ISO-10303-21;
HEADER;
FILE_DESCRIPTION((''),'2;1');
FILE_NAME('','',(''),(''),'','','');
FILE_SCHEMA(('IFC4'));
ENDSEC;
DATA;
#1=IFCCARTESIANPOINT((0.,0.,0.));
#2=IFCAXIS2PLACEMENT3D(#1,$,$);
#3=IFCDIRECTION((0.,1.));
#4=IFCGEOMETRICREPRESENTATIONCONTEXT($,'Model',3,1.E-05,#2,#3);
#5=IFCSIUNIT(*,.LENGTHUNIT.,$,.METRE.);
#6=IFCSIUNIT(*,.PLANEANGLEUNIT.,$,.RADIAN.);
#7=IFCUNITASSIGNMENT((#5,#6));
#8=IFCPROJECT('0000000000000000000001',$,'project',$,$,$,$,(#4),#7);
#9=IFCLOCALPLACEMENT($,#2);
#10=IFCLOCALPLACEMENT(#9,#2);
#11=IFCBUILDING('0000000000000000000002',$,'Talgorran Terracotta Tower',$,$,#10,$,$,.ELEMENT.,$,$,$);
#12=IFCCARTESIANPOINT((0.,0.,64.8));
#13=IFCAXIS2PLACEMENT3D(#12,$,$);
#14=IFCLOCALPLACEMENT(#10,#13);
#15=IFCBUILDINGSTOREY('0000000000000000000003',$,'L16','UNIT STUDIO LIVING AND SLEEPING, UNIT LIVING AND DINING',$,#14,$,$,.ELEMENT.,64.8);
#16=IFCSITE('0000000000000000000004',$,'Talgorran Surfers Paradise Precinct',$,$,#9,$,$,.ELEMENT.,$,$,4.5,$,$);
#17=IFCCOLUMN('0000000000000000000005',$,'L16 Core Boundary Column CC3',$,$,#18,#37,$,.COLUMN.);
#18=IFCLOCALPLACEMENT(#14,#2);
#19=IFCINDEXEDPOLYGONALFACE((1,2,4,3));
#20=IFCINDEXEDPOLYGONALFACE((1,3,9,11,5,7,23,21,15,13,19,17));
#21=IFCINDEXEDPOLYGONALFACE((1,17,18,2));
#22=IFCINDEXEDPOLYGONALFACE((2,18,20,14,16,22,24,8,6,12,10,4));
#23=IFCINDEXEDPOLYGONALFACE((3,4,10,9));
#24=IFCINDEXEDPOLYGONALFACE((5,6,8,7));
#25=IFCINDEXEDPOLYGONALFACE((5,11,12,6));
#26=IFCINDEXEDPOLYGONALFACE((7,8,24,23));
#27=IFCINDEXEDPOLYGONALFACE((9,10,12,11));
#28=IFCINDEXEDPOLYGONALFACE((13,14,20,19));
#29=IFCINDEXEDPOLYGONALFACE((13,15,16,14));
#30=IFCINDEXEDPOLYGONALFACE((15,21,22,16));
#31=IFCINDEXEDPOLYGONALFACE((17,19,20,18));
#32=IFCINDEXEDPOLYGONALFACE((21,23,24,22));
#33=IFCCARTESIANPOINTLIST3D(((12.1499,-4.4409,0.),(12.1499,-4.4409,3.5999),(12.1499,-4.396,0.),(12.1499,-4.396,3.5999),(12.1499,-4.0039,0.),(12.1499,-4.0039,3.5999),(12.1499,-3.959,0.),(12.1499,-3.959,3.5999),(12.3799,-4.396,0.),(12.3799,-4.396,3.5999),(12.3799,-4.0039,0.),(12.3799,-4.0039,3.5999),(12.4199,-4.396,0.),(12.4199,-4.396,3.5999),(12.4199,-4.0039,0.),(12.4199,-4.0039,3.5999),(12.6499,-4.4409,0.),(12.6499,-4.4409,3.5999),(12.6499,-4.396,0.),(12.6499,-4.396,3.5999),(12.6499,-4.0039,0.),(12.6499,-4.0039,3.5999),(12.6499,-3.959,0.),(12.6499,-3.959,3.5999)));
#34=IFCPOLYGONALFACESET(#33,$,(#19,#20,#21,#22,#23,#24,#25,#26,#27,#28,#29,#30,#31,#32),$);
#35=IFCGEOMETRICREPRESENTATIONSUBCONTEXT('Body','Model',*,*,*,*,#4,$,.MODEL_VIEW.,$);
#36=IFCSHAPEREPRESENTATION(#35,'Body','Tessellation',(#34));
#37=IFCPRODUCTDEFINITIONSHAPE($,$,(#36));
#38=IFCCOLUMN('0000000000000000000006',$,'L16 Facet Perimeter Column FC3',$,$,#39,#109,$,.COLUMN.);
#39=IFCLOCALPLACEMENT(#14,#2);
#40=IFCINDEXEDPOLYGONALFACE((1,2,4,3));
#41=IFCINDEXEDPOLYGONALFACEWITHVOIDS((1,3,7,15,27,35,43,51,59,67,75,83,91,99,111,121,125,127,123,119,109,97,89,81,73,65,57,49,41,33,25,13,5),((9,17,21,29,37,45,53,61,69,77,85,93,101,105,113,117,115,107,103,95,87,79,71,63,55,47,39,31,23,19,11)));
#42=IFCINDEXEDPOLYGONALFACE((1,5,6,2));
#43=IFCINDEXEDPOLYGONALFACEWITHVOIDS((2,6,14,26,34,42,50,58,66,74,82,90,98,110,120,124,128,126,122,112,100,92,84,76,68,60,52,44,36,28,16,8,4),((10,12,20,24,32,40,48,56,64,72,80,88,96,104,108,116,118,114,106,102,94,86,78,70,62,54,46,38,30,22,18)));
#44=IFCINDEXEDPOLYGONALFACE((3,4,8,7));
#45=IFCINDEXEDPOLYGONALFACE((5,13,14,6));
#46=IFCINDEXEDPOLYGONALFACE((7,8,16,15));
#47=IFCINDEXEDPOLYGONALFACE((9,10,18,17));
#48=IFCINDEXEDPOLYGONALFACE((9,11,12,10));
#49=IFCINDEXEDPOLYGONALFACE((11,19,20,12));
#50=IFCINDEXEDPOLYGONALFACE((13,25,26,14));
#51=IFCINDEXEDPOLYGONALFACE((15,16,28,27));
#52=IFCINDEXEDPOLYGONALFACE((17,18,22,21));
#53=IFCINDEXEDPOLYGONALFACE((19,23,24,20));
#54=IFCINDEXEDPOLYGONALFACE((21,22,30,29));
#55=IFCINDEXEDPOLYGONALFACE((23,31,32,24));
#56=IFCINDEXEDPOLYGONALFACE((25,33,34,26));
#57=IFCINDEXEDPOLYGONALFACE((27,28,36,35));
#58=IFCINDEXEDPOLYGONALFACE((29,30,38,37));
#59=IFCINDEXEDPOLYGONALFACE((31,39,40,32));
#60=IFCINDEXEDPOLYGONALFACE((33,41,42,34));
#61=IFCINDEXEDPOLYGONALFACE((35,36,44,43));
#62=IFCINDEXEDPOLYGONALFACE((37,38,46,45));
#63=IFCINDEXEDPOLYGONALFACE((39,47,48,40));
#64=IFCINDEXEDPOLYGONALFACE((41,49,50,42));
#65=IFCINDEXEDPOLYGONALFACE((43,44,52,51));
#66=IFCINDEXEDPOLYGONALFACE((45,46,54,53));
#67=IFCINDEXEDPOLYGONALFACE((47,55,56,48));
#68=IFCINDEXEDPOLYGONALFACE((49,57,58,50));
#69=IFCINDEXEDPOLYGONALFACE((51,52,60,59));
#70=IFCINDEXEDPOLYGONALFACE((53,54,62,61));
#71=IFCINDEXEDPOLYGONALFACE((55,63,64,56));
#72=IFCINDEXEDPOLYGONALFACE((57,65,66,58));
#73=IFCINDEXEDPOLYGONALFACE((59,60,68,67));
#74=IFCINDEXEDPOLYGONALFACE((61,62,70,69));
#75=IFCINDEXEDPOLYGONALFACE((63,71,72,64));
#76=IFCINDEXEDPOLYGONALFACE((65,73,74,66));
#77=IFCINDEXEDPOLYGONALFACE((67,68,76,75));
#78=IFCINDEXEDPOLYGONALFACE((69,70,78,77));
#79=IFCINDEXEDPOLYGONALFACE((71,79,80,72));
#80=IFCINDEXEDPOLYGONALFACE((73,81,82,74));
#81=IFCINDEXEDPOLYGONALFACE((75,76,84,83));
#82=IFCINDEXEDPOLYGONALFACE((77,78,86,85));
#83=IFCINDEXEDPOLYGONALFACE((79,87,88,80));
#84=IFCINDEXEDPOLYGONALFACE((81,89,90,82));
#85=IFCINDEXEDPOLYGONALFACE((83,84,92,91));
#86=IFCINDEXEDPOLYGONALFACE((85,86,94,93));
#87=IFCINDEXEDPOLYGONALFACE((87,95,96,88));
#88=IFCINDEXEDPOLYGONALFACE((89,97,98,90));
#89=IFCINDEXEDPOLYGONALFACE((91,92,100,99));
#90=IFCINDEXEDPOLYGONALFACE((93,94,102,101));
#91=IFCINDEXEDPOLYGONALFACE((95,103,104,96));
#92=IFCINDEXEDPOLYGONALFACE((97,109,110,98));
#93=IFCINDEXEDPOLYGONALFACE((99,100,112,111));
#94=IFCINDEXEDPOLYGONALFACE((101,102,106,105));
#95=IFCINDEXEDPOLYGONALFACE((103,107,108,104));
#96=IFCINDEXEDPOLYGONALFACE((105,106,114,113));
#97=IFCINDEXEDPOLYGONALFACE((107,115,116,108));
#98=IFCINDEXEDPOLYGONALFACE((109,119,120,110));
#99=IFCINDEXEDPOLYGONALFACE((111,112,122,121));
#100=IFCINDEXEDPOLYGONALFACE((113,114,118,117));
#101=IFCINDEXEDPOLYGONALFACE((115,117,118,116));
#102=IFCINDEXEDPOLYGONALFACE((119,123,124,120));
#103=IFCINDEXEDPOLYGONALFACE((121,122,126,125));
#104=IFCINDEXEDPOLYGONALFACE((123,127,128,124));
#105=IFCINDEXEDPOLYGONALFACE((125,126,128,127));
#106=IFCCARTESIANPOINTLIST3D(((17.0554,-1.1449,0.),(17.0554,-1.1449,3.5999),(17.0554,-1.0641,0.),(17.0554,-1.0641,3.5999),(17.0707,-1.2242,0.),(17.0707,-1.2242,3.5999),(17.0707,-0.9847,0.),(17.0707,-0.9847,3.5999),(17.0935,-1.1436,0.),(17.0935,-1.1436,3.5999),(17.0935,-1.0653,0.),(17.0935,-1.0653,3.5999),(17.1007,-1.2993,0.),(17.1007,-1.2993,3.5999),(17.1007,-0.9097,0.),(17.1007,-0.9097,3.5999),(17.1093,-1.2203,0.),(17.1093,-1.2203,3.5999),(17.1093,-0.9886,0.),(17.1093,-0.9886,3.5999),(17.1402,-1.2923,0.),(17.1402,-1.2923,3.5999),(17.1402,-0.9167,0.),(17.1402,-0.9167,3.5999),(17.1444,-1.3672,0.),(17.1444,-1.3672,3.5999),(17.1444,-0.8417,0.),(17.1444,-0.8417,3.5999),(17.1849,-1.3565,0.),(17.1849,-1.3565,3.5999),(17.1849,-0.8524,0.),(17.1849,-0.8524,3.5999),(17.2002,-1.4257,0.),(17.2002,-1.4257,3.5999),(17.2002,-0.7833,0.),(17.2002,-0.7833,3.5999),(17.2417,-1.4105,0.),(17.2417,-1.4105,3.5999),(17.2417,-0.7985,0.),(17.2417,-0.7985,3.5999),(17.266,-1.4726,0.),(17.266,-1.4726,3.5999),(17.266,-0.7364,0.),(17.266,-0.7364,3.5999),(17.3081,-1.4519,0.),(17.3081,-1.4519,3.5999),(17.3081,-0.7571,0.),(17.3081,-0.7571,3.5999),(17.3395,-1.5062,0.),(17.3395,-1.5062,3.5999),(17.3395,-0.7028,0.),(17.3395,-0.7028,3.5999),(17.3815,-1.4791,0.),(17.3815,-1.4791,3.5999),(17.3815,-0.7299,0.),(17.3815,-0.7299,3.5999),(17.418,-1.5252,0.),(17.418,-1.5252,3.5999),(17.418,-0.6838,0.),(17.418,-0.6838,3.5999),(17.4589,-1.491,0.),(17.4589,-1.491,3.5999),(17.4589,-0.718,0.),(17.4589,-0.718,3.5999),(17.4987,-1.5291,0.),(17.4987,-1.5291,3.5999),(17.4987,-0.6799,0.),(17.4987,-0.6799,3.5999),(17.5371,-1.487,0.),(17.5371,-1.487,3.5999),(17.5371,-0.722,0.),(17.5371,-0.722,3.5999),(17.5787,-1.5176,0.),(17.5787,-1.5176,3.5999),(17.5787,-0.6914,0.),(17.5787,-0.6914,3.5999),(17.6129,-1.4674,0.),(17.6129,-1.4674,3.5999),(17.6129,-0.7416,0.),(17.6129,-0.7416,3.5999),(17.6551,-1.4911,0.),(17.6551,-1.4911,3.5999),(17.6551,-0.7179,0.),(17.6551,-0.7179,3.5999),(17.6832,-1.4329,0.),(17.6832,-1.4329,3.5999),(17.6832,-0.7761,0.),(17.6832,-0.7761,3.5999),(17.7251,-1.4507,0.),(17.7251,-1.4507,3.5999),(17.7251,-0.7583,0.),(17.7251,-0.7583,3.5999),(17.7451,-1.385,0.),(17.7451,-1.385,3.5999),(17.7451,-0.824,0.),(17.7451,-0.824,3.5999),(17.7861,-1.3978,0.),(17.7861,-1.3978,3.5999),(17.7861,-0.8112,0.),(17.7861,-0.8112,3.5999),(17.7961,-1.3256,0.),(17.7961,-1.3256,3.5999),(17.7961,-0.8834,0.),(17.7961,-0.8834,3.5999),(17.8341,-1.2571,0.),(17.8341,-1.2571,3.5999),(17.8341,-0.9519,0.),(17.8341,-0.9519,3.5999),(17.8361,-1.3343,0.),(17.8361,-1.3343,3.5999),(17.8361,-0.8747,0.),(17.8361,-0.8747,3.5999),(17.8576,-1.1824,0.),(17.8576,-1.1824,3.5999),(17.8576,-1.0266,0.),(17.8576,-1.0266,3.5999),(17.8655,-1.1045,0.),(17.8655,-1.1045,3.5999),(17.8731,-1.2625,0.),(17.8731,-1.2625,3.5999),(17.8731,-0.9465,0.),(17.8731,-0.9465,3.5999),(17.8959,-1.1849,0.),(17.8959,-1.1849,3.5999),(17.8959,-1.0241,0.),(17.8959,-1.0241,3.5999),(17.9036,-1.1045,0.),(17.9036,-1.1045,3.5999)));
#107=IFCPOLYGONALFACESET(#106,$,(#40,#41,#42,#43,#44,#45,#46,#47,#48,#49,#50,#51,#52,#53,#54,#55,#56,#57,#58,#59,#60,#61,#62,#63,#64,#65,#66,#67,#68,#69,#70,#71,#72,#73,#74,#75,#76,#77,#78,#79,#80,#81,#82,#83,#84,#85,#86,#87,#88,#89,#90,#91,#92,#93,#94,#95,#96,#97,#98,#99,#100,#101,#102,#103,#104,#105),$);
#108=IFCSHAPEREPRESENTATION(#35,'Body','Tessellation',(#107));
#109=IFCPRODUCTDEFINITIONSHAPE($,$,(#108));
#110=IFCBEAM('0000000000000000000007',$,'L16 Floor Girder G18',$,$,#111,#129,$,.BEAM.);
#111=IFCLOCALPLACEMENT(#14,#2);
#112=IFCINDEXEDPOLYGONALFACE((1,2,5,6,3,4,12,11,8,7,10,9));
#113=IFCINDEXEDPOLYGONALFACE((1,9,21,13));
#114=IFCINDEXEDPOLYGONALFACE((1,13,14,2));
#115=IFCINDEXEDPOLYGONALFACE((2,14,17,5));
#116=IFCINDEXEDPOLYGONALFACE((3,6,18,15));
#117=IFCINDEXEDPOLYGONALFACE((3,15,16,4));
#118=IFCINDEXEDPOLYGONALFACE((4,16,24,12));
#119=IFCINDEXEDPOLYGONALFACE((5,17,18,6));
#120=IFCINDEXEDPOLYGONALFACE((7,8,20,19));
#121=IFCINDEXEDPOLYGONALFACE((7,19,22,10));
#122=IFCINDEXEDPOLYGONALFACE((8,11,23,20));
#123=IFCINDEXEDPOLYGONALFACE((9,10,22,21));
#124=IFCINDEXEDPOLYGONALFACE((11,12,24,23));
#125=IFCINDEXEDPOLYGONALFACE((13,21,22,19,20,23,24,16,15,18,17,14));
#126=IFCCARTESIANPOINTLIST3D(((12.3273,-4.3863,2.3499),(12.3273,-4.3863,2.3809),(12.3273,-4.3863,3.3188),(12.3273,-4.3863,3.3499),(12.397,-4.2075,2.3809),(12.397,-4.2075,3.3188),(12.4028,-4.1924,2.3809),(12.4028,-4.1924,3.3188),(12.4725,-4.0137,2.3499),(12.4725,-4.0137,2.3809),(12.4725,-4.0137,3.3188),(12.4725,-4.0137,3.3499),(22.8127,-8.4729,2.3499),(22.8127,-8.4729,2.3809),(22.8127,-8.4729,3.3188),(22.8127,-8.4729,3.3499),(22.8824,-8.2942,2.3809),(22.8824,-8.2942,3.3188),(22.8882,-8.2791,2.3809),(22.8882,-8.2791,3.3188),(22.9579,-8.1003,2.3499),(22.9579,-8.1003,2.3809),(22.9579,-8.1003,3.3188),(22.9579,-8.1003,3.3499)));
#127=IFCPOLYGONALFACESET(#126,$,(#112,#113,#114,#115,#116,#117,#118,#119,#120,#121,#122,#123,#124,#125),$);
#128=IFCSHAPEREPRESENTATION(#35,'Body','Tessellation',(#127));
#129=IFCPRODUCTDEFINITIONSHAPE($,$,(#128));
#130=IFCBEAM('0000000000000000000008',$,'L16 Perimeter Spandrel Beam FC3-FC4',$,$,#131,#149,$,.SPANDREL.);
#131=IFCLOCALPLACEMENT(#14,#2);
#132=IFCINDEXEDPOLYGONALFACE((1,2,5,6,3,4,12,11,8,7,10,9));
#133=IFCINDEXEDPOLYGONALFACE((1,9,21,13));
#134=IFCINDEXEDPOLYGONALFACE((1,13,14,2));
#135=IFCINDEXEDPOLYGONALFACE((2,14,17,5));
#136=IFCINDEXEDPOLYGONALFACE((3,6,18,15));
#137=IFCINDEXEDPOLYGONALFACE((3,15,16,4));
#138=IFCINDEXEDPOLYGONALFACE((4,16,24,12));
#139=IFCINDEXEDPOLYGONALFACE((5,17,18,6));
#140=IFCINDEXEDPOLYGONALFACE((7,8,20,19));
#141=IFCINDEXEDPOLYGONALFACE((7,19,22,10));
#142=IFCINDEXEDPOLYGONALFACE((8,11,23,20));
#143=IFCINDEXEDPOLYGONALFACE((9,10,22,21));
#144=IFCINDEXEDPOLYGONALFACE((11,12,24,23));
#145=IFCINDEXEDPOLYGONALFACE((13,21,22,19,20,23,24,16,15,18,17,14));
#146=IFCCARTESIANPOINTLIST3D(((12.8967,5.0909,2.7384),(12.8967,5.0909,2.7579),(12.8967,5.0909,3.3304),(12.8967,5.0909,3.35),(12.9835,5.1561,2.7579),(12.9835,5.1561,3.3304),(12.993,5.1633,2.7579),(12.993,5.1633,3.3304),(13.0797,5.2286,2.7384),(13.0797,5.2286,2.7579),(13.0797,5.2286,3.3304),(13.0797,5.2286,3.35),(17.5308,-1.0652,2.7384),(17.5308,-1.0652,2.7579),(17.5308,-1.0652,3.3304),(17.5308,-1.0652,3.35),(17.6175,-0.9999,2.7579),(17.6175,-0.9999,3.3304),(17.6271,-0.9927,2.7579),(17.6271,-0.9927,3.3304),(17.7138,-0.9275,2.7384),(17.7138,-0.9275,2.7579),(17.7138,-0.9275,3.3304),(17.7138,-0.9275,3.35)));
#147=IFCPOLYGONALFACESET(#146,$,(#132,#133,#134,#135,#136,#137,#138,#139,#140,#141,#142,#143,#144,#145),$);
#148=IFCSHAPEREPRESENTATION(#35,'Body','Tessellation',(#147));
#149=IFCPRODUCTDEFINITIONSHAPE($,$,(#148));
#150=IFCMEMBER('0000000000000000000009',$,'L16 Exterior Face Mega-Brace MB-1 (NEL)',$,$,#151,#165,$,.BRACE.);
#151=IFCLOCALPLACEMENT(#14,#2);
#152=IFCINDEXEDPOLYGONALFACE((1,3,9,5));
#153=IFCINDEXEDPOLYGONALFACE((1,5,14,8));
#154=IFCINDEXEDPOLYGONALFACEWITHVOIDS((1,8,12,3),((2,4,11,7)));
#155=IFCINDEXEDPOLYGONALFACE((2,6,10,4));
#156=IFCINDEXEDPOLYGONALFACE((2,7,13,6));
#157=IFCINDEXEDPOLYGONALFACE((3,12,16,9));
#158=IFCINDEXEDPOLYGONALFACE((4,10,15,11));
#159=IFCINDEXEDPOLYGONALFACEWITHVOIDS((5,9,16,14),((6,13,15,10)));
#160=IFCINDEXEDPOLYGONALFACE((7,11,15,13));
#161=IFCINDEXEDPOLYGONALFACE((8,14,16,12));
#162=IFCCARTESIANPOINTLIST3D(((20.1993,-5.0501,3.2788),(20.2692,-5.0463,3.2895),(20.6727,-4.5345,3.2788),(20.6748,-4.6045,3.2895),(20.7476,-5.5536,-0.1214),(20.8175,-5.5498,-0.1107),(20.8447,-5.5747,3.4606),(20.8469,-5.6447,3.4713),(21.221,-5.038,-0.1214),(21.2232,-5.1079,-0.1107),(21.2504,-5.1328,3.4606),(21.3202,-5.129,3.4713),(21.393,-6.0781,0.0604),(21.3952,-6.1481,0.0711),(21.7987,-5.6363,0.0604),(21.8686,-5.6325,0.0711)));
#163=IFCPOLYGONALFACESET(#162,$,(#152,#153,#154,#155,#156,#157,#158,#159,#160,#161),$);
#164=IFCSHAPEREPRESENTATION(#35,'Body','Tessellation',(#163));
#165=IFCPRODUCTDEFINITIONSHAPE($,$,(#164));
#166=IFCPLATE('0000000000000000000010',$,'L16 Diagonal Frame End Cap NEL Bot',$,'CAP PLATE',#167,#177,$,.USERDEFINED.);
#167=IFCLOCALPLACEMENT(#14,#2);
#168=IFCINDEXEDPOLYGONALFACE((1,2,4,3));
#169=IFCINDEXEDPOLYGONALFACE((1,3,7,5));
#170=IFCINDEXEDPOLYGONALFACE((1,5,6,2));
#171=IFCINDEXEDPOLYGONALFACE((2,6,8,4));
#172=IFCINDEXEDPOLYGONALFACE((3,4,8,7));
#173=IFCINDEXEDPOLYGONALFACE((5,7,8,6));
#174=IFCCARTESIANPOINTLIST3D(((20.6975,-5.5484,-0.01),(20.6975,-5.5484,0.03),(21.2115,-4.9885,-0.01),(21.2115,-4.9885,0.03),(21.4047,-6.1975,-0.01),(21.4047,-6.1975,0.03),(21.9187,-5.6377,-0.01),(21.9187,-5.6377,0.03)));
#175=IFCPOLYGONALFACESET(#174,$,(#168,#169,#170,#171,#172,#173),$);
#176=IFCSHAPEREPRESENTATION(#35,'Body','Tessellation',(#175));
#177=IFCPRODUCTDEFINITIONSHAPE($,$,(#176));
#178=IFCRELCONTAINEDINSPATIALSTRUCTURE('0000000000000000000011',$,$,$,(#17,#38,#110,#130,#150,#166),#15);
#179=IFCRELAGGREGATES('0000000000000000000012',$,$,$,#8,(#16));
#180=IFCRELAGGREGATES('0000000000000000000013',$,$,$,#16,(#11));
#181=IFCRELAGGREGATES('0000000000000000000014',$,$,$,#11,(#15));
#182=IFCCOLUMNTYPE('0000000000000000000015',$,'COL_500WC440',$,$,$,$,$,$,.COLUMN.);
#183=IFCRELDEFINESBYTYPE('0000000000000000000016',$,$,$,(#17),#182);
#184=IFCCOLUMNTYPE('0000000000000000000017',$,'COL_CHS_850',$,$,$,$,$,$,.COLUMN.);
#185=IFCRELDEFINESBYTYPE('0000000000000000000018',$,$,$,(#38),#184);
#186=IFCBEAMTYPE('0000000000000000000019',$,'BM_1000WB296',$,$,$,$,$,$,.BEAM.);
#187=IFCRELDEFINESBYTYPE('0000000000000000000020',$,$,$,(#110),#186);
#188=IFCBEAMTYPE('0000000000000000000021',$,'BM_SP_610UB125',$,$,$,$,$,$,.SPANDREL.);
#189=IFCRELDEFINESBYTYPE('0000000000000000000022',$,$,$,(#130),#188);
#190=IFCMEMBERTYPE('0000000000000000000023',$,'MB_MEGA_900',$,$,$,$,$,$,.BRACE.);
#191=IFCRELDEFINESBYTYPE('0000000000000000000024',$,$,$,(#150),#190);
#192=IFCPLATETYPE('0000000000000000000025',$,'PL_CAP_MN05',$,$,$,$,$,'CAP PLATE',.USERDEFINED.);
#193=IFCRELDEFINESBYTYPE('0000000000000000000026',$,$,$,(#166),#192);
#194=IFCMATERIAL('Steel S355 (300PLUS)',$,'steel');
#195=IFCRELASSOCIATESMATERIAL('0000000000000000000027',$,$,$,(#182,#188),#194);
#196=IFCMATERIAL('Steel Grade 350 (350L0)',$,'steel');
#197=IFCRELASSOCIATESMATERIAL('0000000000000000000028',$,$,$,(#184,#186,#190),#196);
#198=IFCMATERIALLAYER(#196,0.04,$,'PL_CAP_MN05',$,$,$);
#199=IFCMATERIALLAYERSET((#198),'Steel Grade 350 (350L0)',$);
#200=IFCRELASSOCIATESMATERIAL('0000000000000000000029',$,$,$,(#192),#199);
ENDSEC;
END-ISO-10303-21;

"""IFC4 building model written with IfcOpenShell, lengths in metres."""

from ifc_helpers import new_model, si_unit, direction, frame, origin, origin_2d, place, context, subcontext, project, spatial, rectangle, hollow_rectangle, hollow_circle, i_section, extrude, material, layer, layer_set, material_profile, profile_set, type_object, element, save


model = new_model("IFC4")

# Units and contexts
model_context = context("Model", 3, precision=1e-05, world=origin(), true_north=direction((0.0, 1.0)))
body_context = subcontext(model_context, "Body", "Model", "MODEL_VIEW")
ifc_project = project(units=[si_unit("LENGTHUNIT", "METRE"), si_unit("PLANEANGLEUNIT", "RADIAN")], contexts=[model_context])

# Site, building, storey
site_placement = place(None, origin())
site = spatial("IfcSite", under=ifc_project, at=site_placement, Name="Talgorran Surfers Paradise Precinct", CompositionType="ELEMENT", RefElevation=4.5)
building_placement = place(site_placement, origin())
building = spatial("IfcBuilding", under=site, at=building_placement, Name="Talgorran Terracotta Tower", CompositionType="ELEMENT")
storey_placement = place(building_placement, frame((0.0, 0.0, 64.8)))
storey = spatial("IfcBuildingStorey", under=building, at=storey_placement, Name="L16", Description="UNIT STUDIO LIVING AND SLEEPING, UNIT LIVING AND DINING", CompositionType="ELEMENT", Elevation=64.8)

# Columns
ifc_material_1 = material(Name="Steel S355 (300PLUS)", Category="steel")
ifc_material_profile_1 = material_profile(ifc_material_1, i_section(OverallWidth=0.5, OverallDepth=0.4819, WebThickness=0.04, FlangeThickness=0.0449, at=origin_2d()), Name="500WC440")
ifc_profile_set_1 = profile_set([ifc_material_profile_1], Name="Steel S355 (300PLUS)")
column_type_1 = type_object("IfcColumnType", Name="COL_500WC440", PredefinedType="COLUMN", material=ifc_profile_set_1)
column_1_placement = place(storey_placement, frame((12.3999, -4.2, 0.0), z_axis=(0.0, 0.0, 1.0), x_axis=(1.0, 0.0, 0.0)))
element("IfcColumn", 1, at=column_1_placement, inside=storey, type_object=column_type_1, Name="L16 Core Boundary Column CC3", PredefinedType="COLUMN", context=body_context, shape_type="SweptSolid", body=[
    extrude(i_section(OverallWidth=0.5, OverallDepth=0.4819, WebThickness=0.04, FlangeThickness=0.0449, at=origin_2d()), origin(), (0.0, 0.0, 1.0), 3.5999),
])
ifc_material_2 = material(Name="Steel Grade 350 (350L0)", Category="steel")
ifc_material_profile_2 = material_profile(ifc_material_2, hollow_circle(Radius=0.425, WallThickness=0.0381, at=origin_2d()), Name="CHS850X38")
ifc_profile_set_2 = profile_set([ifc_material_profile_2], Name="Steel Grade 350 (350L0)")
column_type_2 = type_object("IfcColumnType", Name="COL_CHS_850", PredefinedType="COLUMN", material=ifc_profile_set_2)
column_2_placement = place(storey_placement, frame((17.4785, -1.1045, 0.0), z_axis=(0.0, 0.0, 1.0), x_axis=(1.0, 0.0, 0.0)))
element("IfcColumn", 2, at=column_2_placement, inside=storey, type_object=column_type_2, Name="L16 Facet Perimeter Column FC3", PredefinedType="COLUMN", context=body_context, shape_type="SweptSolid", body=[
    extrude(hollow_circle(Radius=0.425, WallThickness=0.0381, at=origin_2d()), origin(), (0.0, 0.0, 1.0), 3.5999),
])

# Beams
ifc_material_profile_3 = material_profile(ifc_material_2, i_section(OverallWidth=0.3999, OverallDepth=1.0, WebThickness=0.0161, FlangeThickness=0.031, at=origin_2d()), Name="1000WB296")
ifc_profile_set_3 = profile_set([ifc_material_profile_3], Name="Steel Grade 350 (350L0)")
beam_type_1 = type_object("IfcBeamType", Name="BM_1000WB296", PredefinedType="BEAM", material=ifc_profile_set_3)
beam_1_placement = place(storey_placement, frame((12.3999, -4.2, 2.8499), z_axis=(0.931733, -0.363143, 0.0), x_axis=(0.363143, 0.931733, 0.0)))
element("IfcBeam", 3, at=beam_1_placement, inside=storey, type_object=beam_type_1, Name="L16 Floor Girder G18", PredefinedType="BEAM", context=body_context, shape_type="SweptSolid", body=[
    extrude(i_section(OverallWidth=0.3999, OverallDepth=1.0, WebThickness=0.0161, FlangeThickness=0.031, at=origin_2d()), origin(), (0.0, 0.0, 1.0), 11.2537),
])
ifc_material_profile_4 = material_profile(ifc_material_1, i_section(OverallWidth=0.229, OverallDepth=0.6116, WebThickness=0.012, FlangeThickness=0.0195, at=origin_2d()), Name="610UB125")
ifc_profile_set_4 = profile_set([ifc_material_profile_4], Name="Steel S355 (300PLUS)")
beam_type_2 = type_object("IfcBeamType", Name="BM_SP_610UB125", PredefinedType="SPANDREL", material=ifc_profile_set_4)
beam_2_placement = place(storey_placement, frame((17.6223, -0.9963, 3.0442), z_axis=(-0.601413, 0.798938, 0.0), x_axis=(-0.798938, -0.601413, 0.0)))
element("IfcBeam", 4, at=beam_2_placement, inside=storey, type_object=beam_type_2, Name="L16 Perimeter Spandrel Beam FC3-FC4", PredefinedType="SPANDREL", context=body_context, shape_type="SweptSolid", body=[
    extrude(i_section(OverallWidth=0.229, OverallDepth=0.6116, WebThickness=0.012, FlangeThickness=0.0195, at=origin_2d()), origin(), (0.0, 0.0, 1.0), 7.7053),
])

# Member
ifc_material_profile_5 = material_profile(ifc_material_2, hollow_rectangle(XDim=0.7, YDim=0.8999, WallThickness=0.05, at=origin_2d()), Name="WBOX900X700X50")
ifc_profile_set_5 = profile_set([ifc_material_profile_5], Name="Steel Grade 350 (350L0)")
member_type = type_object("IfcMemberType", Name="MB_MEGA_900", PredefinedType="BRACE", material=ifc_profile_set_5)
member_placement = place(storey_placement, frame((21.3081, -5.593, -0.0251), z_axis=(-0.157538, 0.144632, 0.976864), x_axis=(-0.676289, -0.736637, 0.0)))
element("IfcMember", 5, at=member_placement, inside=storey, type_object=member_type, Name="L16 Exterior Face Mega-Brace MB-1 (NEL)", PredefinedType="BRACE", context=body_context, shape_type="SweptSolid", body=[
    extrude(hollow_rectangle(XDim=0.7, YDim=0.8999, WallThickness=0.05, at=origin_2d()), origin(), (0.0, 0.0, 1.0), 3.4807),
])

# Plate
ifc_layer_1 = layer(ifc_material_2, 0.04, Name="PL_CAP_MN05")
ifc_layer_set_1 = layer_set([ifc_layer_1], Name="Steel Grade 350 (350L0)")
plate_type_1 = type_object("IfcPlateType", Name="PL_CAP_MN05", ElementType="CAP PLATE", PredefinedType="USERDEFINED", material=ifc_layer_set_1)
for number, where, z_axis, x_axis, name in (
    (6, (21.3081, -5.593, -0.01), (0.0, 0.0, 1.0), (-0.736687, 0.676233, 0.0), "L16 Diagonal Frame End Cap NEL Bot"),
):
    element("IfcPlate", number, at=place(storey_placement, frame(where, z_axis=z_axis, x_axis=x_axis)), inside=storey, type_object=plate_type_1, Name=name, ObjectType="CAP PLATE", PredefinedType="USERDEFINED", context=body_context, shape_type="SweptSolid", body=[
        extrude(rectangle(XDim=0.96, YDim=0.76, at=origin_2d()), origin(), (0.0, 0.0, 1.0), 0.04),
    ])

save(model, "model.ifc")
